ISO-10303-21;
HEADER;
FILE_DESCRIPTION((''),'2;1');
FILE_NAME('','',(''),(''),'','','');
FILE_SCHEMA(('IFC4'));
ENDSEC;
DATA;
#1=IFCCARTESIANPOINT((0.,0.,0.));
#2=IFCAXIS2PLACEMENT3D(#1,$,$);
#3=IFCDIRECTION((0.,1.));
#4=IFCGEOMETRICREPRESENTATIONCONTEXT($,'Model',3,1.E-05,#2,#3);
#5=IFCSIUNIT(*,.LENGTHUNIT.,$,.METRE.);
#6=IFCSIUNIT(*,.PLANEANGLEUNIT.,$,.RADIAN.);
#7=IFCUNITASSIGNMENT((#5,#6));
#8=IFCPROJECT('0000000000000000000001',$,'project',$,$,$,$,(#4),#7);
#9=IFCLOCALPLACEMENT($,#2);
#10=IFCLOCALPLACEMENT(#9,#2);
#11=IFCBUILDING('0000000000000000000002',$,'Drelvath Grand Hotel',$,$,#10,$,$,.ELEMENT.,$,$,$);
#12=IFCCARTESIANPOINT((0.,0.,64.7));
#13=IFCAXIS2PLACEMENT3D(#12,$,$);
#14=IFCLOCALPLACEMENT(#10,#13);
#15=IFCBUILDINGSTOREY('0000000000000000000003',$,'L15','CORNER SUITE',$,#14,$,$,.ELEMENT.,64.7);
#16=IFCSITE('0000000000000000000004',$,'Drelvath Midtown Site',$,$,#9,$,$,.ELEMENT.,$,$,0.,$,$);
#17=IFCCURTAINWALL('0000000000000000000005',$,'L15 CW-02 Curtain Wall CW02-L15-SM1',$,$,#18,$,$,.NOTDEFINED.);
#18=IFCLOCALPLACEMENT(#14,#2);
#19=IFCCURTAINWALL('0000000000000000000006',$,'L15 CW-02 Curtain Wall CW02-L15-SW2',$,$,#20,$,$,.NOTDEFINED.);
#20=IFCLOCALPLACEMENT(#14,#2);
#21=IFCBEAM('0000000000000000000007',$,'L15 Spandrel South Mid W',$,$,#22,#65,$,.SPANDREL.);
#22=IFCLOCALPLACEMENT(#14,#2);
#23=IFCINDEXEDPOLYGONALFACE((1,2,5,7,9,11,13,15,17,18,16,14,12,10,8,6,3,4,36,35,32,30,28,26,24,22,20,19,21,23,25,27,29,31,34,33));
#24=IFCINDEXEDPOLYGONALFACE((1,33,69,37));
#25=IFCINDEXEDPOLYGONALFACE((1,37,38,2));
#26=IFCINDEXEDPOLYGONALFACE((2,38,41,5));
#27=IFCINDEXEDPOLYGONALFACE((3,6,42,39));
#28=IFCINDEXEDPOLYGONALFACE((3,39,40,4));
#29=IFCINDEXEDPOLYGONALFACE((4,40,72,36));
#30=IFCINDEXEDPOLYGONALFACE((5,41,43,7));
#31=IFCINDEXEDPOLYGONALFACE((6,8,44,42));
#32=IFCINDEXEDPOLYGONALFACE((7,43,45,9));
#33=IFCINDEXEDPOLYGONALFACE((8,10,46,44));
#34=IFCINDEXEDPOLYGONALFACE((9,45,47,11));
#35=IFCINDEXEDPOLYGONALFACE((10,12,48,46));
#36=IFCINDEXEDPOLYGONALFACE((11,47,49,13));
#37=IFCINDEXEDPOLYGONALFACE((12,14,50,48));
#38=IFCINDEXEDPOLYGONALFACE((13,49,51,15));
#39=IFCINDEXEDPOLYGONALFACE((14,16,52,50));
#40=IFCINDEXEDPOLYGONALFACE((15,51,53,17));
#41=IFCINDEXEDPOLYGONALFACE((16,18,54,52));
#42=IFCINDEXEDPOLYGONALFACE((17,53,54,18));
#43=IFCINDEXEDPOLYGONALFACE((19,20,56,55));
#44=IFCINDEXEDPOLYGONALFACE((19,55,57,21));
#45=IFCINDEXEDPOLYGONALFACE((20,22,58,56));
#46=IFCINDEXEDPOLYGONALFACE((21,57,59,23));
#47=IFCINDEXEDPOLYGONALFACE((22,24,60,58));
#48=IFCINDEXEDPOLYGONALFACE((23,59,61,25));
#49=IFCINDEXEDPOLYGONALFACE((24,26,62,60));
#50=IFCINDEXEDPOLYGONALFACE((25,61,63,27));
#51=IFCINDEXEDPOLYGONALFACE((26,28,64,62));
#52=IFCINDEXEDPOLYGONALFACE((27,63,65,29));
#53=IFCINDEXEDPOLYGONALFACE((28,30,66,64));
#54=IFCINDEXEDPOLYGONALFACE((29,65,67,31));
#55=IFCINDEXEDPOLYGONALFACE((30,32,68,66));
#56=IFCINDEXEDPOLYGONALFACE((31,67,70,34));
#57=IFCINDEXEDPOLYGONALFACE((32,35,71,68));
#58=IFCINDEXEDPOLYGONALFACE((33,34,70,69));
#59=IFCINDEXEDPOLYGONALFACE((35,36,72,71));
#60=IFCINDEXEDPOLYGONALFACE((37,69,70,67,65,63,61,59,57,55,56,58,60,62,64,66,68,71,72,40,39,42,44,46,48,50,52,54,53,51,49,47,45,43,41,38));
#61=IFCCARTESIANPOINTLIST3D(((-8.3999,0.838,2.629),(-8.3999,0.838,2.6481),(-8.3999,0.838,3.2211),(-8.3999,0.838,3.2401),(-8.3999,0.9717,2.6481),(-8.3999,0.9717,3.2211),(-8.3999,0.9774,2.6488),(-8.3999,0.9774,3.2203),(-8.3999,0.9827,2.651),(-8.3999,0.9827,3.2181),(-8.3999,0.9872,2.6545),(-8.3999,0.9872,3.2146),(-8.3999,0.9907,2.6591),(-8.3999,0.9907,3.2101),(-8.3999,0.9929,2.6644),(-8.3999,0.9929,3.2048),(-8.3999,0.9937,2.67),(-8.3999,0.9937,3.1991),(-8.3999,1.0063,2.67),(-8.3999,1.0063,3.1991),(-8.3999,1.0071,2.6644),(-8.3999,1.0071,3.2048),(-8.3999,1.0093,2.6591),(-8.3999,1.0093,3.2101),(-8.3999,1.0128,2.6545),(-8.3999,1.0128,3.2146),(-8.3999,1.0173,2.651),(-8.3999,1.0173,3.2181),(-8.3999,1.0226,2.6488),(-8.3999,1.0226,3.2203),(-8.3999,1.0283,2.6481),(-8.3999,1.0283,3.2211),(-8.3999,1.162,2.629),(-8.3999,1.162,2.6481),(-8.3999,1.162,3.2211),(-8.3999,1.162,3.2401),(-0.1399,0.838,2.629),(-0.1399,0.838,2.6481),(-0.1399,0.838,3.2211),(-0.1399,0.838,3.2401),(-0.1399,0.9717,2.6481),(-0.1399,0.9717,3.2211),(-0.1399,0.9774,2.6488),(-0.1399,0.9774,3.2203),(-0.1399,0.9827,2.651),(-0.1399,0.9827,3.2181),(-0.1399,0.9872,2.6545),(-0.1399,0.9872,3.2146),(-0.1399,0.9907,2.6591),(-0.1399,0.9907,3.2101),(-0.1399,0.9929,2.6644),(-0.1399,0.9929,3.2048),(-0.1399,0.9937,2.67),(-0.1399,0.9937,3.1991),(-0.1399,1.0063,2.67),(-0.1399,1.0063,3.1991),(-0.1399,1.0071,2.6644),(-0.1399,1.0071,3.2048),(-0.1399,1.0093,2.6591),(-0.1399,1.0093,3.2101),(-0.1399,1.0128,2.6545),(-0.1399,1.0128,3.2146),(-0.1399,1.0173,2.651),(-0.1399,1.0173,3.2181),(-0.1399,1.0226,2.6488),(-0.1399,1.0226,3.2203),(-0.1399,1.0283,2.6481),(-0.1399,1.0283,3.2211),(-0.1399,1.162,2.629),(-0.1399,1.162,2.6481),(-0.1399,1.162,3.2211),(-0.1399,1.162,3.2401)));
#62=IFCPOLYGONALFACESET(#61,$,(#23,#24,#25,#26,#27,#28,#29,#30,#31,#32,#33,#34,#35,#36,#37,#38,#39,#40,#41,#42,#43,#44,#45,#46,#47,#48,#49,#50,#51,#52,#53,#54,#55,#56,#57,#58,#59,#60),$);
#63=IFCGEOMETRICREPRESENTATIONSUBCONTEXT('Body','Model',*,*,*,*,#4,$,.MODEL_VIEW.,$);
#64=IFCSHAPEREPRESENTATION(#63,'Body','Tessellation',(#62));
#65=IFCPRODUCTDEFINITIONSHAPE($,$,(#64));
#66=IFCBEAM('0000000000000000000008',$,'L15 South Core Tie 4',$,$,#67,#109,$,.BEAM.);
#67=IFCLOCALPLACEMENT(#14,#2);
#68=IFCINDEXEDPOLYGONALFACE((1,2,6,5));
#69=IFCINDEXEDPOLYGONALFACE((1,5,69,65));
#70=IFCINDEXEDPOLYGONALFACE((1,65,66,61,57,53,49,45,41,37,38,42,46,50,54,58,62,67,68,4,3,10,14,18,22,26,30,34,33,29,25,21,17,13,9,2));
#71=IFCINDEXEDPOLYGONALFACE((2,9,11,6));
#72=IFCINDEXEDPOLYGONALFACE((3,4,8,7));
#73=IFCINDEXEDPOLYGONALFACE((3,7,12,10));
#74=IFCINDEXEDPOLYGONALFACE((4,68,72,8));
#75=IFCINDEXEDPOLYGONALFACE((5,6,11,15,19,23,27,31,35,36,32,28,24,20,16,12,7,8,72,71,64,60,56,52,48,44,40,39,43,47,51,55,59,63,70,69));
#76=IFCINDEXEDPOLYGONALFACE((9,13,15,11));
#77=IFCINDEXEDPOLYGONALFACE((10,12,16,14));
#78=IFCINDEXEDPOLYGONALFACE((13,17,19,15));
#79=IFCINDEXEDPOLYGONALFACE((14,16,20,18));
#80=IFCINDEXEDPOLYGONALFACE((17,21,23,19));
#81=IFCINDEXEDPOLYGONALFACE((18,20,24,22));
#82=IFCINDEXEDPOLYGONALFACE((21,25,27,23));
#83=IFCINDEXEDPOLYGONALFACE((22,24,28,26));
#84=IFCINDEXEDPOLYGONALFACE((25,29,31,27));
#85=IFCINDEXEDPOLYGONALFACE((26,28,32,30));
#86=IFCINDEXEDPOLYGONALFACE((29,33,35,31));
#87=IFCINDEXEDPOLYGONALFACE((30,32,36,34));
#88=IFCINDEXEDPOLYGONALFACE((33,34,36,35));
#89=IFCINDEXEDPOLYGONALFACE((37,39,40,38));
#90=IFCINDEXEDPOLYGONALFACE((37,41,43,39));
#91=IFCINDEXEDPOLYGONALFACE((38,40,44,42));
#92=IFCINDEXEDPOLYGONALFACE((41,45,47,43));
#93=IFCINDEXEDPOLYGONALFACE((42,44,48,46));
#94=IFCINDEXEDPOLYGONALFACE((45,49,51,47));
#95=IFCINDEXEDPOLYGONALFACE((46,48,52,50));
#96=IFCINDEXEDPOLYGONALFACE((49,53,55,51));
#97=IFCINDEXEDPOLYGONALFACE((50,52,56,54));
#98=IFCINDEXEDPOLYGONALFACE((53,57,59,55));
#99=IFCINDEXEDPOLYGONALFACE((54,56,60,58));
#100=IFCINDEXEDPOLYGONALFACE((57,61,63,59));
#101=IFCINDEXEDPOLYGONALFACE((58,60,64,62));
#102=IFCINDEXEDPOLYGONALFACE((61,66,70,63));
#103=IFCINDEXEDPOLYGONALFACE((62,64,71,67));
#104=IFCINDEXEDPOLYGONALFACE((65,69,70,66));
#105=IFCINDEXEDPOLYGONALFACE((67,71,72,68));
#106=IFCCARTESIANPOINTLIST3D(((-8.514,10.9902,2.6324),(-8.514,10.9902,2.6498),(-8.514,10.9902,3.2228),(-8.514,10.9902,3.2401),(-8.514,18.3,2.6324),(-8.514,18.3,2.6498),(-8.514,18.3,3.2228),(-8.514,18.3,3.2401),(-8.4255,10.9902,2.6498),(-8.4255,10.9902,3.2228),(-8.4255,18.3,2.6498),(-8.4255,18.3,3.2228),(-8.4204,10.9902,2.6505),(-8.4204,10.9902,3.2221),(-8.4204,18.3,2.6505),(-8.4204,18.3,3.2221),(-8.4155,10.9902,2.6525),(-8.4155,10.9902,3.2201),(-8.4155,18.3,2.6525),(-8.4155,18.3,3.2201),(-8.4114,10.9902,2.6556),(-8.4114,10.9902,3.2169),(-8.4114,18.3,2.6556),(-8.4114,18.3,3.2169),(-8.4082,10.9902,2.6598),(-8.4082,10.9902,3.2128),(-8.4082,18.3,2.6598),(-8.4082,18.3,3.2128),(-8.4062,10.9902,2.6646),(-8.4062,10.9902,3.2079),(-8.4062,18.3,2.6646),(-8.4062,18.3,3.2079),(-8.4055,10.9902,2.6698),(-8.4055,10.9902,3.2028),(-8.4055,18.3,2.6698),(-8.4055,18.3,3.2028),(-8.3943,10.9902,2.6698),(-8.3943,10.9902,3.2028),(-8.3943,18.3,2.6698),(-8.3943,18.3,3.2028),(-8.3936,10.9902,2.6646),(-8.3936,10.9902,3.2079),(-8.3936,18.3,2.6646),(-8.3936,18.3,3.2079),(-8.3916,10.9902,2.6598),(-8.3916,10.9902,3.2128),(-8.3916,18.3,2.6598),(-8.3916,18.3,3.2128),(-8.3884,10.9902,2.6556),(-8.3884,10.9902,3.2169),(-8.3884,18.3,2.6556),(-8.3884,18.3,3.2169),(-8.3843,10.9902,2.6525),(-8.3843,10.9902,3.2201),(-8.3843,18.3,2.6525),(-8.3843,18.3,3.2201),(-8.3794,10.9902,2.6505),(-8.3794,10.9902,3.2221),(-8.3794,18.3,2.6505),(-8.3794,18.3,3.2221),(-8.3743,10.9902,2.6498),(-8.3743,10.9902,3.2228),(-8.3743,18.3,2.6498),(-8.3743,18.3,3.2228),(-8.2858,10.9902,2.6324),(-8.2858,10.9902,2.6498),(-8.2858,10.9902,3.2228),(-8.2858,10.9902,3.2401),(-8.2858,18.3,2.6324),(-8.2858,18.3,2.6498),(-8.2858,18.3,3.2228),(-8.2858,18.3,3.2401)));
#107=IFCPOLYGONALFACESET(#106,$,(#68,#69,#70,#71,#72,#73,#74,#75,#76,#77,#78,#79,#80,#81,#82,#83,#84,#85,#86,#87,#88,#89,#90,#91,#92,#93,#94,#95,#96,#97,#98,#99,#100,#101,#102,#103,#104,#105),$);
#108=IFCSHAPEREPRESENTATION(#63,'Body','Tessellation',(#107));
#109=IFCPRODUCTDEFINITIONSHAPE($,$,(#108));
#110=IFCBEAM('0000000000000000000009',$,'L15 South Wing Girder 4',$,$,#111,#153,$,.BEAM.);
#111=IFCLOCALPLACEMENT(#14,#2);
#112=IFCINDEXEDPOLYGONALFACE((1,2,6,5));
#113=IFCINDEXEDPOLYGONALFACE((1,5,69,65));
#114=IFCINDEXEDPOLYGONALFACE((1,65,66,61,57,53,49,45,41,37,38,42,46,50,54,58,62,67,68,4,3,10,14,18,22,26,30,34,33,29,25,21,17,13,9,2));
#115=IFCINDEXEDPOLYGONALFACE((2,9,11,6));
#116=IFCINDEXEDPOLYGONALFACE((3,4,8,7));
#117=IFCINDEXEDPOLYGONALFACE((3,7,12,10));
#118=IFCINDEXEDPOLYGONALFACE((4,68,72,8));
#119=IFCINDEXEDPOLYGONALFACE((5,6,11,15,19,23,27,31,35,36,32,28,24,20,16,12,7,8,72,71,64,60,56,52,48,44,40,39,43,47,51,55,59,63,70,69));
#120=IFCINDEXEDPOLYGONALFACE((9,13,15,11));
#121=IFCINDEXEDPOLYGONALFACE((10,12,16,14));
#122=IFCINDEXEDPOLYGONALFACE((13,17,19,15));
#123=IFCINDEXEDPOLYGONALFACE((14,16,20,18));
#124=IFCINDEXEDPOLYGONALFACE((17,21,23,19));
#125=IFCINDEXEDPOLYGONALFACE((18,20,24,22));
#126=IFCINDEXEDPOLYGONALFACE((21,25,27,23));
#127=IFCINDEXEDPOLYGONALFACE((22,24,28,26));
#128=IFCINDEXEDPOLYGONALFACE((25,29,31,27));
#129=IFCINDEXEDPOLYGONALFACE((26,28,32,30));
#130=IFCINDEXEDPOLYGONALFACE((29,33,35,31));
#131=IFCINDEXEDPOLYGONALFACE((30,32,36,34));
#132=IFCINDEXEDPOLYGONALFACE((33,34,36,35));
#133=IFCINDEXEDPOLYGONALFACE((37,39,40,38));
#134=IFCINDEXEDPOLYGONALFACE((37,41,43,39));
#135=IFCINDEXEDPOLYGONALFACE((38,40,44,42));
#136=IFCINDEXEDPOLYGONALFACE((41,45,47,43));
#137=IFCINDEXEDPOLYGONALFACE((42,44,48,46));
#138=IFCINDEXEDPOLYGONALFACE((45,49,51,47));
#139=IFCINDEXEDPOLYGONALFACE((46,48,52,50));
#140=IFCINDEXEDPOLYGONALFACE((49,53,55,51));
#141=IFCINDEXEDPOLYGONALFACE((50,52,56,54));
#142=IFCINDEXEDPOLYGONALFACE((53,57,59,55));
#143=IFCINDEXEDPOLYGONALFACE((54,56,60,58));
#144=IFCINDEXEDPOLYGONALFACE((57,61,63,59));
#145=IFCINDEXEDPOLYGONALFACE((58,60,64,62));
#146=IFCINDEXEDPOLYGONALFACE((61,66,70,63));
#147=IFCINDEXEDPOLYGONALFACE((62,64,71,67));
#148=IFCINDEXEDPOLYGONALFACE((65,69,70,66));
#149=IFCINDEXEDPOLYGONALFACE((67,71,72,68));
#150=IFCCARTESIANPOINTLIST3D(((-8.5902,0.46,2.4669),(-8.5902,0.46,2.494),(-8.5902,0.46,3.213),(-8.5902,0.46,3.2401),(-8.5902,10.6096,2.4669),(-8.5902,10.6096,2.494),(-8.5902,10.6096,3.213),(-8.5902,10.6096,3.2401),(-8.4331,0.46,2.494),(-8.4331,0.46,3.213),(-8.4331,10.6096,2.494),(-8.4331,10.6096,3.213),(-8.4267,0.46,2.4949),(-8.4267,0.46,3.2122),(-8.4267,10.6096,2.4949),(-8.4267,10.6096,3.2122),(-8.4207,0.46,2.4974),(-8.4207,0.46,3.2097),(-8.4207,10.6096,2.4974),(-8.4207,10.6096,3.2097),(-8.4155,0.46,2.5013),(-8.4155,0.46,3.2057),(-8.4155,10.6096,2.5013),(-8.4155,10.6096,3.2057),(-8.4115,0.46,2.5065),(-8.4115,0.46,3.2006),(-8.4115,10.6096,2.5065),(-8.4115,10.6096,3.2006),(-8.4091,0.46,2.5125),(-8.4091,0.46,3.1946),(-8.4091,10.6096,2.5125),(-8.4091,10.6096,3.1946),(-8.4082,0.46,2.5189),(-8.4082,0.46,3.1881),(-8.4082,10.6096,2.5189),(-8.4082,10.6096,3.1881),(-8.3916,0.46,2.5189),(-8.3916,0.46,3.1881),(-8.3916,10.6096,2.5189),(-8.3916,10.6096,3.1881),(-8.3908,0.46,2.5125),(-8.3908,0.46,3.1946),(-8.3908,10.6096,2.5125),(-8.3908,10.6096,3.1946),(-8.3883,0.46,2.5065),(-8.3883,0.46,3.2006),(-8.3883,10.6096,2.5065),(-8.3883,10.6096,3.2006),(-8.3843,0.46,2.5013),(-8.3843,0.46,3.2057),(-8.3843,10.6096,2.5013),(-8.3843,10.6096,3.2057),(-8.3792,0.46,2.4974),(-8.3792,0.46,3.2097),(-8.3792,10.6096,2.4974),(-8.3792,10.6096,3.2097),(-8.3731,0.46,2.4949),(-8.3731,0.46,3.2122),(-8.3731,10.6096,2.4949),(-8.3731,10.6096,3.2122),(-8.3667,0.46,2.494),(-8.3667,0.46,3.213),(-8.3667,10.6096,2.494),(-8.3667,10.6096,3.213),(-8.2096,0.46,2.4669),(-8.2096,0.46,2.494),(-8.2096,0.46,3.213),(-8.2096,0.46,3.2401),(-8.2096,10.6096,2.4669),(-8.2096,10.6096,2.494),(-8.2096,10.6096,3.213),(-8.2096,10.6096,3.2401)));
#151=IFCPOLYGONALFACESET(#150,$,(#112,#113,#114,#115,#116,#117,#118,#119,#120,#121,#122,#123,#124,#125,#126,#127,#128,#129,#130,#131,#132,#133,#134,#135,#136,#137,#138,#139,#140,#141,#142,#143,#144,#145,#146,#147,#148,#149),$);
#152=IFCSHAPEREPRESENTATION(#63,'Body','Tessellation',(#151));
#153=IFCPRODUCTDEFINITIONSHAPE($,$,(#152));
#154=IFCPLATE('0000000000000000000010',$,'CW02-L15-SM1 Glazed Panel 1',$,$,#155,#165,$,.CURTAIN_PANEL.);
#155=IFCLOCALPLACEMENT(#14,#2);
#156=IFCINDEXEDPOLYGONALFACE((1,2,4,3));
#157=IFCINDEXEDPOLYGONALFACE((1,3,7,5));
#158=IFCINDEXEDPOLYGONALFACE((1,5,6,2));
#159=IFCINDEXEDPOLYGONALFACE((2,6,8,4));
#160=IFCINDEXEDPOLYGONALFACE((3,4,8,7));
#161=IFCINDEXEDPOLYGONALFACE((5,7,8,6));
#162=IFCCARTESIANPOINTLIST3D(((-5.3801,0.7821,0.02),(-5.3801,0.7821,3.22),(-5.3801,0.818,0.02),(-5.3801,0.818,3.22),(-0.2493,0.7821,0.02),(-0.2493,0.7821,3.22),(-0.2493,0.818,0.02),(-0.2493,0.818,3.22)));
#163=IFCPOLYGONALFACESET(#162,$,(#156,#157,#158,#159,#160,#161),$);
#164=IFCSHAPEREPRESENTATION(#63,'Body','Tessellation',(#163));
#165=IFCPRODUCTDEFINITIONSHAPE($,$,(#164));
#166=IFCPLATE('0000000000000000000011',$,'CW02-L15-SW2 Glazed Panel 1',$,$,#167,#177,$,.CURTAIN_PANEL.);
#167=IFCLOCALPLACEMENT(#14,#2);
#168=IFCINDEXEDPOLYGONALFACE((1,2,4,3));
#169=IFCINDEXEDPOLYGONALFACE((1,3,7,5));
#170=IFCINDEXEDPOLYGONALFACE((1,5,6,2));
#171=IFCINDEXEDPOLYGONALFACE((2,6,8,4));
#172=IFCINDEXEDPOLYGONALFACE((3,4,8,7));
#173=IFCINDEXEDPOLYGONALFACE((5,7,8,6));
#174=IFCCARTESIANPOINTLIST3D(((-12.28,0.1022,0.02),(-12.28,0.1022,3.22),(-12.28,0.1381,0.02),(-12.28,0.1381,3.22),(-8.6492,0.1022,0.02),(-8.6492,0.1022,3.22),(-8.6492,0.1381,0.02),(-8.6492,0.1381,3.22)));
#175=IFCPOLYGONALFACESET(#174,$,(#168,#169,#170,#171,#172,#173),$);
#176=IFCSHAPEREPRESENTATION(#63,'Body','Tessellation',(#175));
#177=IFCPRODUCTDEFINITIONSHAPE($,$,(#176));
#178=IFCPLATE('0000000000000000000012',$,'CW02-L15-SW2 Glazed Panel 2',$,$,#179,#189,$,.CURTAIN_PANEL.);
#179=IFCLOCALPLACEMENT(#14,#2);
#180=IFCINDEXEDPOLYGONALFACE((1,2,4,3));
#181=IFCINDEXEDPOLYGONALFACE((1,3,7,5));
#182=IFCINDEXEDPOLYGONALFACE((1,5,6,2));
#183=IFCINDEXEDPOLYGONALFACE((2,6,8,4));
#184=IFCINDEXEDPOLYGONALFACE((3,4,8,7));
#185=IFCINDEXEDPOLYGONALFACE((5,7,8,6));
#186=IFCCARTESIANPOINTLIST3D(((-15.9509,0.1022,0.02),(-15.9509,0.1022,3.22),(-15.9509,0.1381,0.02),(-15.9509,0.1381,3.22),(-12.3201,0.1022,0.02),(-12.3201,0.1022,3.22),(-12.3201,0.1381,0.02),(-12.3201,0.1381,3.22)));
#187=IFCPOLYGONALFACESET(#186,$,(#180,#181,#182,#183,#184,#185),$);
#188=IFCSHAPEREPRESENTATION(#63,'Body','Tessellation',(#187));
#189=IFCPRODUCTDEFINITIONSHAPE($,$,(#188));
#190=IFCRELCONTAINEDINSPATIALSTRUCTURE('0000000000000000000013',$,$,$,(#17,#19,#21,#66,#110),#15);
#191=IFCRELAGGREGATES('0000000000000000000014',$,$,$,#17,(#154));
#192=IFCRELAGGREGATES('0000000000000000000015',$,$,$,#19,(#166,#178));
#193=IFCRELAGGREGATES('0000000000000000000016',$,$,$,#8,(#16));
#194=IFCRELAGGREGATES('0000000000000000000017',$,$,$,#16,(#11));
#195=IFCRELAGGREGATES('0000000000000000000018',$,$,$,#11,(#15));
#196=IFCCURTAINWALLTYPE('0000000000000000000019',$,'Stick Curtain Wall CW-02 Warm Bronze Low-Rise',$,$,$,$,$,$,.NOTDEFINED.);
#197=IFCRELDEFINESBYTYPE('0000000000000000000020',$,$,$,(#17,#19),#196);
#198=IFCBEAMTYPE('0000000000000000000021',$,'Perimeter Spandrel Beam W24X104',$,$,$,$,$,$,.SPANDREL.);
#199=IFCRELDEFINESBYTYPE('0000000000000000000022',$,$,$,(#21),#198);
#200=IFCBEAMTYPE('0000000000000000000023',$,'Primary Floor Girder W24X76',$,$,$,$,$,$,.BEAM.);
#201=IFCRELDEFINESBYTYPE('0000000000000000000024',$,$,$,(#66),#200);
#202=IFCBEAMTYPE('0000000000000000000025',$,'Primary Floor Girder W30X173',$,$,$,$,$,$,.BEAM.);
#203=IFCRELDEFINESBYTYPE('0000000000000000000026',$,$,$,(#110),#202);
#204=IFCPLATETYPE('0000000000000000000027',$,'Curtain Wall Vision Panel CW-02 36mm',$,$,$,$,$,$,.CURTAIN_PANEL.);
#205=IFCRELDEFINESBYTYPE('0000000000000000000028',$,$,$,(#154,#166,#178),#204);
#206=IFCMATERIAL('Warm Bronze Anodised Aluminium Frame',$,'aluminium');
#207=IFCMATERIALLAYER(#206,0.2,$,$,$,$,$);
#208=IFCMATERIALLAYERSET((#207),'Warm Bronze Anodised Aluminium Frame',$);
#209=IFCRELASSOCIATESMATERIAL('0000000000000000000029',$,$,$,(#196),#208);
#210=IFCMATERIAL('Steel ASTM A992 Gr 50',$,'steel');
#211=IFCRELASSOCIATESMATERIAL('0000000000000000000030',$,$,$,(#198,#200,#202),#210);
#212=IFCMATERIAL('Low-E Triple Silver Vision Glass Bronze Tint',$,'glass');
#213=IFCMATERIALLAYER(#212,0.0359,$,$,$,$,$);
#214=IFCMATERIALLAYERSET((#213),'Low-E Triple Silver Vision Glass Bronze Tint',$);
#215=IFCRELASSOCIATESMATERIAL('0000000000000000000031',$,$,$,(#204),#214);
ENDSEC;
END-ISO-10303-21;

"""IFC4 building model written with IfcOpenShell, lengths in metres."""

from ifc_helpers import new_model, si_unit, direction, frame, origin, origin_2d, place, context, subcontext, project, spatial, rectangle, i_section, extrude, material, layer, layer_set, material_profile, profile_set, type_object, element, aggregate, save


model = new_model("IFC4")

# Units and contexts
model_context = context("Model", 3, precision=1e-05, world=origin(), true_north=direction((0.0, 1.0)))
body_context = subcontext(model_context, "Body", "Model", "MODEL_VIEW")
ifc_project = project(units=[si_unit("LENGTHUNIT", "METRE"), si_unit("PLANEANGLEUNIT", "RADIAN")], contexts=[model_context])

# Site, building, storey
site_placement = place(None, origin())
site = spatial("IfcSite", under=ifc_project, at=site_placement, Name="Drelvath Midtown Site", CompositionType="ELEMENT", RefElevation=0.0)
building_placement = place(site_placement, origin())
building = spatial("IfcBuilding", under=site, at=building_placement, Name="Drelvath Grand Hotel", CompositionType="ELEMENT")
storey_placement = place(building_placement, frame((0.0, 0.0, 64.7)))
storey = spatial("IfcBuildingStorey", under=building, at=storey_placement, Name="L15", Description="CORNER SUITE", CompositionType="ELEMENT", Elevation=64.7)

# Shared definitions
ifc_material_1 = material(Name="Steel ASTM A992 Gr 50", Category="steel")

# Curtain walls
ifc_material_2 = material(Name="Warm Bronze Anodised Aluminium Frame", Category="aluminium")
ifc_layer_1 = layer(ifc_material_2, 0.2)
ifc_layer_set_1 = layer_set([ifc_layer_1], Name="Warm Bronze Anodised Aluminium Frame")
curtain_wall_type = type_object("IfcCurtainWallType", Name="Stick Curtain Wall CW-02 Warm Bronze Low-Rise", PredefinedType="NOTDEFINED", material=ifc_layer_set_1)
curtain_wall_1_placement = place(storey_placement, origin())
curtain_wall_1 = element("IfcCurtainWall", 1, at=curtain_wall_1_placement, inside=storey, type_object=curtain_wall_type, Name="L15 CW-02 Curtain Wall CW02-L15-SM1", PredefinedType="NOTDEFINED")
curtain_wall_2_placement = place(storey_placement, origin())
curtain_wall_2 = element("IfcCurtainWall", 2, at=curtain_wall_2_placement, inside=storey, type_object=curtain_wall_type, Name="L15 CW-02 Curtain Wall CW02-L15-SW2", PredefinedType="NOTDEFINED")

# Beams
ifc_material_profile_1 = material_profile(ifc_material_1, i_section(OverallWidth=0.324, OverallDepth=0.6111, WebThickness=0.0127, FlangeThickness=0.019, FilletRadius=0.022, at=origin_2d()), Name="W24X104")
ifc_profile_set_1 = profile_set([ifc_material_profile_1], Name="Steel ASTM A992 Gr 50")
beam_type_1 = type_object("IfcBeamType", Name="Perimeter Spandrel Beam W24X104", PredefinedType="SPANDREL", material=ifc_profile_set_1)
beam_1_placement = place(storey_placement, frame((-8.3999, 1.0, 2.9346), z_axis=(1.0, 0.0, 0.0), x_axis=(0.0, 1.0, 0.0)))
element("IfcBeam", 3, at=beam_1_placement, inside=storey, type_object=beam_type_1, Name="L15 Spandrel South Mid W", PredefinedType="SPANDREL", context=body_context, shape_type="SweptSolid", body=[
    extrude(i_section(OverallWidth=0.324, OverallDepth=0.6111, WebThickness=0.0127, FlangeThickness=0.019, FilletRadius=0.022, at=origin_2d()), origin(), (0.0, 0.0, 1.0), 8.26),
])
ifc_material_profile_2 = material_profile(ifc_material_1, i_section(OverallWidth=0.2283, OverallDepth=0.6077, WebThickness=0.0112, FlangeThickness=0.0173, FilletRadius=0.02, at=origin_2d()), Name="W24X76")
ifc_profile_set_2 = profile_set([ifc_material_profile_2], Name="Steel ASTM A992 Gr 50")
beam_type_2 = type_object("IfcBeamType", Name="Primary Floor Girder W24X76", PredefinedType="BEAM", material=ifc_profile_set_2)
beam_2_placement = place(storey_placement, frame((-8.3999, 10.9902, 2.9363), z_axis=(0.0, 1.0, 0.0), x_axis=(-1.0, 0.0, 0.0)))
element("IfcBeam", 4, at=beam_2_placement, inside=storey, type_object=beam_type_2, Name="L15 South Core Tie 4", PredefinedType="BEAM", context=body_context, shape_type="SweptSolid", body=[
    extrude(i_section(OverallWidth=0.2283, OverallDepth=0.6077, WebThickness=0.0112, FlangeThickness=0.0173, FilletRadius=0.02, at=origin_2d()), origin(), (0.0, 0.0, 1.0), 7.3098),
])
ifc_material_profile_3 = material_profile(ifc_material_1, i_section(OverallWidth=0.3806, OverallDepth=0.7732, WebThickness=0.0166, FlangeThickness=0.0271, FilletRadius=0.0249, at=origin_2d()), Name="W30X173")
ifc_profile_set_3 = profile_set([ifc_material_profile_3], Name="Steel ASTM A992 Gr 50")
beam_type_3 = type_object("IfcBeamType", Name="Primary Floor Girder W30X173", PredefinedType="BEAM", material=ifc_profile_set_3)
beam_3_placement = place(storey_placement, frame((-8.3999, 0.46, 2.8535), z_axis=(0.0, 1.0, 0.0), x_axis=(-1.0, 0.0, 0.0)))
element("IfcBeam", 5, at=beam_3_placement, inside=storey, type_object=beam_type_3, Name="L15 South Wing Girder 4", PredefinedType="BEAM", context=body_context, shape_type="SweptSolid", body=[
    extrude(i_section(OverallWidth=0.3806, OverallDepth=0.7732, WebThickness=0.0166, FlangeThickness=0.0271, FilletRadius=0.0249, at=origin_2d()), origin(), (0.0, 0.0, 1.0), 10.1497),
])

# Plates
ifc_material_3 = material(Name="Low-E Triple Silver Vision Glass Bronze Tint", Category="glass")
ifc_layer_2 = layer(ifc_material_3, 0.0359)
ifc_layer_set_2 = layer_set([ifc_layer_2], Name="Low-E Triple Silver Vision Glass Bronze Tint")
plate_type = type_object("IfcPlateType", Name="Curtain Wall Vision Panel CW-02 36mm", PredefinedType="CURTAIN_PANEL", material=ifc_layer_set_2)
plate_1_placement = place(storey_placement, frame((-2.8147, 0.8, 0.02), z_axis=(0.0, 0.0, 1.0), x_axis=(-1.0, 0.0, 0.0)))
plate_1 = element("IfcPlate", 6, at=plate_1_placement, type_object=plate_type, Name="CW02-L15-SM1 Glazed Panel 1", PredefinedType="CURTAIN_PANEL", context=body_context, shape_type="SweptSolid", body=[
    extrude(rectangle(XDim=5.1309, YDim=0.0359, at=origin_2d()), origin(), (0.0, 0.0, 1.0), 3.2),
])
aggregate(curtain_wall_1, [plate_1])
plate_2_placement = place(storey_placement, frame((-10.4646, 0.1201, 0.02), z_axis=(0.0, 0.0, 1.0), x_axis=(-1.0, 0.0, 0.0)))
plate_2 = element("IfcPlate", 7, at=plate_2_placement, type_object=plate_type, Name="CW02-L15-SW2 Glazed Panel 1", PredefinedType="CURTAIN_PANEL", context=body_context, shape_type="SweptSolid", body=[
    extrude(rectangle(XDim=3.6309, YDim=0.0359, at=origin_2d()), origin(), (0.0, 0.0, 1.0), 3.2),
])
plate_3_placement = place(storey_placement, frame((-14.1355, 0.1201, 0.02), z_axis=(0.0, 0.0, 1.0), x_axis=(-1.0, 0.0, 0.0)))
plate_3 = element("IfcPlate", 8, at=plate_3_placement, type_object=plate_type, Name="CW02-L15-SW2 Glazed Panel 2", PredefinedType="CURTAIN_PANEL", context=body_context, shape_type="SweptSolid", body=[
    extrude(rectangle(XDim=3.6309, YDim=0.0359, at=origin_2d()), origin(), (0.0, 0.0, 1.0), 3.2),
])
aggregate(curtain_wall_2, [plate_2, plate_3])

save(model, "model.ifc")
